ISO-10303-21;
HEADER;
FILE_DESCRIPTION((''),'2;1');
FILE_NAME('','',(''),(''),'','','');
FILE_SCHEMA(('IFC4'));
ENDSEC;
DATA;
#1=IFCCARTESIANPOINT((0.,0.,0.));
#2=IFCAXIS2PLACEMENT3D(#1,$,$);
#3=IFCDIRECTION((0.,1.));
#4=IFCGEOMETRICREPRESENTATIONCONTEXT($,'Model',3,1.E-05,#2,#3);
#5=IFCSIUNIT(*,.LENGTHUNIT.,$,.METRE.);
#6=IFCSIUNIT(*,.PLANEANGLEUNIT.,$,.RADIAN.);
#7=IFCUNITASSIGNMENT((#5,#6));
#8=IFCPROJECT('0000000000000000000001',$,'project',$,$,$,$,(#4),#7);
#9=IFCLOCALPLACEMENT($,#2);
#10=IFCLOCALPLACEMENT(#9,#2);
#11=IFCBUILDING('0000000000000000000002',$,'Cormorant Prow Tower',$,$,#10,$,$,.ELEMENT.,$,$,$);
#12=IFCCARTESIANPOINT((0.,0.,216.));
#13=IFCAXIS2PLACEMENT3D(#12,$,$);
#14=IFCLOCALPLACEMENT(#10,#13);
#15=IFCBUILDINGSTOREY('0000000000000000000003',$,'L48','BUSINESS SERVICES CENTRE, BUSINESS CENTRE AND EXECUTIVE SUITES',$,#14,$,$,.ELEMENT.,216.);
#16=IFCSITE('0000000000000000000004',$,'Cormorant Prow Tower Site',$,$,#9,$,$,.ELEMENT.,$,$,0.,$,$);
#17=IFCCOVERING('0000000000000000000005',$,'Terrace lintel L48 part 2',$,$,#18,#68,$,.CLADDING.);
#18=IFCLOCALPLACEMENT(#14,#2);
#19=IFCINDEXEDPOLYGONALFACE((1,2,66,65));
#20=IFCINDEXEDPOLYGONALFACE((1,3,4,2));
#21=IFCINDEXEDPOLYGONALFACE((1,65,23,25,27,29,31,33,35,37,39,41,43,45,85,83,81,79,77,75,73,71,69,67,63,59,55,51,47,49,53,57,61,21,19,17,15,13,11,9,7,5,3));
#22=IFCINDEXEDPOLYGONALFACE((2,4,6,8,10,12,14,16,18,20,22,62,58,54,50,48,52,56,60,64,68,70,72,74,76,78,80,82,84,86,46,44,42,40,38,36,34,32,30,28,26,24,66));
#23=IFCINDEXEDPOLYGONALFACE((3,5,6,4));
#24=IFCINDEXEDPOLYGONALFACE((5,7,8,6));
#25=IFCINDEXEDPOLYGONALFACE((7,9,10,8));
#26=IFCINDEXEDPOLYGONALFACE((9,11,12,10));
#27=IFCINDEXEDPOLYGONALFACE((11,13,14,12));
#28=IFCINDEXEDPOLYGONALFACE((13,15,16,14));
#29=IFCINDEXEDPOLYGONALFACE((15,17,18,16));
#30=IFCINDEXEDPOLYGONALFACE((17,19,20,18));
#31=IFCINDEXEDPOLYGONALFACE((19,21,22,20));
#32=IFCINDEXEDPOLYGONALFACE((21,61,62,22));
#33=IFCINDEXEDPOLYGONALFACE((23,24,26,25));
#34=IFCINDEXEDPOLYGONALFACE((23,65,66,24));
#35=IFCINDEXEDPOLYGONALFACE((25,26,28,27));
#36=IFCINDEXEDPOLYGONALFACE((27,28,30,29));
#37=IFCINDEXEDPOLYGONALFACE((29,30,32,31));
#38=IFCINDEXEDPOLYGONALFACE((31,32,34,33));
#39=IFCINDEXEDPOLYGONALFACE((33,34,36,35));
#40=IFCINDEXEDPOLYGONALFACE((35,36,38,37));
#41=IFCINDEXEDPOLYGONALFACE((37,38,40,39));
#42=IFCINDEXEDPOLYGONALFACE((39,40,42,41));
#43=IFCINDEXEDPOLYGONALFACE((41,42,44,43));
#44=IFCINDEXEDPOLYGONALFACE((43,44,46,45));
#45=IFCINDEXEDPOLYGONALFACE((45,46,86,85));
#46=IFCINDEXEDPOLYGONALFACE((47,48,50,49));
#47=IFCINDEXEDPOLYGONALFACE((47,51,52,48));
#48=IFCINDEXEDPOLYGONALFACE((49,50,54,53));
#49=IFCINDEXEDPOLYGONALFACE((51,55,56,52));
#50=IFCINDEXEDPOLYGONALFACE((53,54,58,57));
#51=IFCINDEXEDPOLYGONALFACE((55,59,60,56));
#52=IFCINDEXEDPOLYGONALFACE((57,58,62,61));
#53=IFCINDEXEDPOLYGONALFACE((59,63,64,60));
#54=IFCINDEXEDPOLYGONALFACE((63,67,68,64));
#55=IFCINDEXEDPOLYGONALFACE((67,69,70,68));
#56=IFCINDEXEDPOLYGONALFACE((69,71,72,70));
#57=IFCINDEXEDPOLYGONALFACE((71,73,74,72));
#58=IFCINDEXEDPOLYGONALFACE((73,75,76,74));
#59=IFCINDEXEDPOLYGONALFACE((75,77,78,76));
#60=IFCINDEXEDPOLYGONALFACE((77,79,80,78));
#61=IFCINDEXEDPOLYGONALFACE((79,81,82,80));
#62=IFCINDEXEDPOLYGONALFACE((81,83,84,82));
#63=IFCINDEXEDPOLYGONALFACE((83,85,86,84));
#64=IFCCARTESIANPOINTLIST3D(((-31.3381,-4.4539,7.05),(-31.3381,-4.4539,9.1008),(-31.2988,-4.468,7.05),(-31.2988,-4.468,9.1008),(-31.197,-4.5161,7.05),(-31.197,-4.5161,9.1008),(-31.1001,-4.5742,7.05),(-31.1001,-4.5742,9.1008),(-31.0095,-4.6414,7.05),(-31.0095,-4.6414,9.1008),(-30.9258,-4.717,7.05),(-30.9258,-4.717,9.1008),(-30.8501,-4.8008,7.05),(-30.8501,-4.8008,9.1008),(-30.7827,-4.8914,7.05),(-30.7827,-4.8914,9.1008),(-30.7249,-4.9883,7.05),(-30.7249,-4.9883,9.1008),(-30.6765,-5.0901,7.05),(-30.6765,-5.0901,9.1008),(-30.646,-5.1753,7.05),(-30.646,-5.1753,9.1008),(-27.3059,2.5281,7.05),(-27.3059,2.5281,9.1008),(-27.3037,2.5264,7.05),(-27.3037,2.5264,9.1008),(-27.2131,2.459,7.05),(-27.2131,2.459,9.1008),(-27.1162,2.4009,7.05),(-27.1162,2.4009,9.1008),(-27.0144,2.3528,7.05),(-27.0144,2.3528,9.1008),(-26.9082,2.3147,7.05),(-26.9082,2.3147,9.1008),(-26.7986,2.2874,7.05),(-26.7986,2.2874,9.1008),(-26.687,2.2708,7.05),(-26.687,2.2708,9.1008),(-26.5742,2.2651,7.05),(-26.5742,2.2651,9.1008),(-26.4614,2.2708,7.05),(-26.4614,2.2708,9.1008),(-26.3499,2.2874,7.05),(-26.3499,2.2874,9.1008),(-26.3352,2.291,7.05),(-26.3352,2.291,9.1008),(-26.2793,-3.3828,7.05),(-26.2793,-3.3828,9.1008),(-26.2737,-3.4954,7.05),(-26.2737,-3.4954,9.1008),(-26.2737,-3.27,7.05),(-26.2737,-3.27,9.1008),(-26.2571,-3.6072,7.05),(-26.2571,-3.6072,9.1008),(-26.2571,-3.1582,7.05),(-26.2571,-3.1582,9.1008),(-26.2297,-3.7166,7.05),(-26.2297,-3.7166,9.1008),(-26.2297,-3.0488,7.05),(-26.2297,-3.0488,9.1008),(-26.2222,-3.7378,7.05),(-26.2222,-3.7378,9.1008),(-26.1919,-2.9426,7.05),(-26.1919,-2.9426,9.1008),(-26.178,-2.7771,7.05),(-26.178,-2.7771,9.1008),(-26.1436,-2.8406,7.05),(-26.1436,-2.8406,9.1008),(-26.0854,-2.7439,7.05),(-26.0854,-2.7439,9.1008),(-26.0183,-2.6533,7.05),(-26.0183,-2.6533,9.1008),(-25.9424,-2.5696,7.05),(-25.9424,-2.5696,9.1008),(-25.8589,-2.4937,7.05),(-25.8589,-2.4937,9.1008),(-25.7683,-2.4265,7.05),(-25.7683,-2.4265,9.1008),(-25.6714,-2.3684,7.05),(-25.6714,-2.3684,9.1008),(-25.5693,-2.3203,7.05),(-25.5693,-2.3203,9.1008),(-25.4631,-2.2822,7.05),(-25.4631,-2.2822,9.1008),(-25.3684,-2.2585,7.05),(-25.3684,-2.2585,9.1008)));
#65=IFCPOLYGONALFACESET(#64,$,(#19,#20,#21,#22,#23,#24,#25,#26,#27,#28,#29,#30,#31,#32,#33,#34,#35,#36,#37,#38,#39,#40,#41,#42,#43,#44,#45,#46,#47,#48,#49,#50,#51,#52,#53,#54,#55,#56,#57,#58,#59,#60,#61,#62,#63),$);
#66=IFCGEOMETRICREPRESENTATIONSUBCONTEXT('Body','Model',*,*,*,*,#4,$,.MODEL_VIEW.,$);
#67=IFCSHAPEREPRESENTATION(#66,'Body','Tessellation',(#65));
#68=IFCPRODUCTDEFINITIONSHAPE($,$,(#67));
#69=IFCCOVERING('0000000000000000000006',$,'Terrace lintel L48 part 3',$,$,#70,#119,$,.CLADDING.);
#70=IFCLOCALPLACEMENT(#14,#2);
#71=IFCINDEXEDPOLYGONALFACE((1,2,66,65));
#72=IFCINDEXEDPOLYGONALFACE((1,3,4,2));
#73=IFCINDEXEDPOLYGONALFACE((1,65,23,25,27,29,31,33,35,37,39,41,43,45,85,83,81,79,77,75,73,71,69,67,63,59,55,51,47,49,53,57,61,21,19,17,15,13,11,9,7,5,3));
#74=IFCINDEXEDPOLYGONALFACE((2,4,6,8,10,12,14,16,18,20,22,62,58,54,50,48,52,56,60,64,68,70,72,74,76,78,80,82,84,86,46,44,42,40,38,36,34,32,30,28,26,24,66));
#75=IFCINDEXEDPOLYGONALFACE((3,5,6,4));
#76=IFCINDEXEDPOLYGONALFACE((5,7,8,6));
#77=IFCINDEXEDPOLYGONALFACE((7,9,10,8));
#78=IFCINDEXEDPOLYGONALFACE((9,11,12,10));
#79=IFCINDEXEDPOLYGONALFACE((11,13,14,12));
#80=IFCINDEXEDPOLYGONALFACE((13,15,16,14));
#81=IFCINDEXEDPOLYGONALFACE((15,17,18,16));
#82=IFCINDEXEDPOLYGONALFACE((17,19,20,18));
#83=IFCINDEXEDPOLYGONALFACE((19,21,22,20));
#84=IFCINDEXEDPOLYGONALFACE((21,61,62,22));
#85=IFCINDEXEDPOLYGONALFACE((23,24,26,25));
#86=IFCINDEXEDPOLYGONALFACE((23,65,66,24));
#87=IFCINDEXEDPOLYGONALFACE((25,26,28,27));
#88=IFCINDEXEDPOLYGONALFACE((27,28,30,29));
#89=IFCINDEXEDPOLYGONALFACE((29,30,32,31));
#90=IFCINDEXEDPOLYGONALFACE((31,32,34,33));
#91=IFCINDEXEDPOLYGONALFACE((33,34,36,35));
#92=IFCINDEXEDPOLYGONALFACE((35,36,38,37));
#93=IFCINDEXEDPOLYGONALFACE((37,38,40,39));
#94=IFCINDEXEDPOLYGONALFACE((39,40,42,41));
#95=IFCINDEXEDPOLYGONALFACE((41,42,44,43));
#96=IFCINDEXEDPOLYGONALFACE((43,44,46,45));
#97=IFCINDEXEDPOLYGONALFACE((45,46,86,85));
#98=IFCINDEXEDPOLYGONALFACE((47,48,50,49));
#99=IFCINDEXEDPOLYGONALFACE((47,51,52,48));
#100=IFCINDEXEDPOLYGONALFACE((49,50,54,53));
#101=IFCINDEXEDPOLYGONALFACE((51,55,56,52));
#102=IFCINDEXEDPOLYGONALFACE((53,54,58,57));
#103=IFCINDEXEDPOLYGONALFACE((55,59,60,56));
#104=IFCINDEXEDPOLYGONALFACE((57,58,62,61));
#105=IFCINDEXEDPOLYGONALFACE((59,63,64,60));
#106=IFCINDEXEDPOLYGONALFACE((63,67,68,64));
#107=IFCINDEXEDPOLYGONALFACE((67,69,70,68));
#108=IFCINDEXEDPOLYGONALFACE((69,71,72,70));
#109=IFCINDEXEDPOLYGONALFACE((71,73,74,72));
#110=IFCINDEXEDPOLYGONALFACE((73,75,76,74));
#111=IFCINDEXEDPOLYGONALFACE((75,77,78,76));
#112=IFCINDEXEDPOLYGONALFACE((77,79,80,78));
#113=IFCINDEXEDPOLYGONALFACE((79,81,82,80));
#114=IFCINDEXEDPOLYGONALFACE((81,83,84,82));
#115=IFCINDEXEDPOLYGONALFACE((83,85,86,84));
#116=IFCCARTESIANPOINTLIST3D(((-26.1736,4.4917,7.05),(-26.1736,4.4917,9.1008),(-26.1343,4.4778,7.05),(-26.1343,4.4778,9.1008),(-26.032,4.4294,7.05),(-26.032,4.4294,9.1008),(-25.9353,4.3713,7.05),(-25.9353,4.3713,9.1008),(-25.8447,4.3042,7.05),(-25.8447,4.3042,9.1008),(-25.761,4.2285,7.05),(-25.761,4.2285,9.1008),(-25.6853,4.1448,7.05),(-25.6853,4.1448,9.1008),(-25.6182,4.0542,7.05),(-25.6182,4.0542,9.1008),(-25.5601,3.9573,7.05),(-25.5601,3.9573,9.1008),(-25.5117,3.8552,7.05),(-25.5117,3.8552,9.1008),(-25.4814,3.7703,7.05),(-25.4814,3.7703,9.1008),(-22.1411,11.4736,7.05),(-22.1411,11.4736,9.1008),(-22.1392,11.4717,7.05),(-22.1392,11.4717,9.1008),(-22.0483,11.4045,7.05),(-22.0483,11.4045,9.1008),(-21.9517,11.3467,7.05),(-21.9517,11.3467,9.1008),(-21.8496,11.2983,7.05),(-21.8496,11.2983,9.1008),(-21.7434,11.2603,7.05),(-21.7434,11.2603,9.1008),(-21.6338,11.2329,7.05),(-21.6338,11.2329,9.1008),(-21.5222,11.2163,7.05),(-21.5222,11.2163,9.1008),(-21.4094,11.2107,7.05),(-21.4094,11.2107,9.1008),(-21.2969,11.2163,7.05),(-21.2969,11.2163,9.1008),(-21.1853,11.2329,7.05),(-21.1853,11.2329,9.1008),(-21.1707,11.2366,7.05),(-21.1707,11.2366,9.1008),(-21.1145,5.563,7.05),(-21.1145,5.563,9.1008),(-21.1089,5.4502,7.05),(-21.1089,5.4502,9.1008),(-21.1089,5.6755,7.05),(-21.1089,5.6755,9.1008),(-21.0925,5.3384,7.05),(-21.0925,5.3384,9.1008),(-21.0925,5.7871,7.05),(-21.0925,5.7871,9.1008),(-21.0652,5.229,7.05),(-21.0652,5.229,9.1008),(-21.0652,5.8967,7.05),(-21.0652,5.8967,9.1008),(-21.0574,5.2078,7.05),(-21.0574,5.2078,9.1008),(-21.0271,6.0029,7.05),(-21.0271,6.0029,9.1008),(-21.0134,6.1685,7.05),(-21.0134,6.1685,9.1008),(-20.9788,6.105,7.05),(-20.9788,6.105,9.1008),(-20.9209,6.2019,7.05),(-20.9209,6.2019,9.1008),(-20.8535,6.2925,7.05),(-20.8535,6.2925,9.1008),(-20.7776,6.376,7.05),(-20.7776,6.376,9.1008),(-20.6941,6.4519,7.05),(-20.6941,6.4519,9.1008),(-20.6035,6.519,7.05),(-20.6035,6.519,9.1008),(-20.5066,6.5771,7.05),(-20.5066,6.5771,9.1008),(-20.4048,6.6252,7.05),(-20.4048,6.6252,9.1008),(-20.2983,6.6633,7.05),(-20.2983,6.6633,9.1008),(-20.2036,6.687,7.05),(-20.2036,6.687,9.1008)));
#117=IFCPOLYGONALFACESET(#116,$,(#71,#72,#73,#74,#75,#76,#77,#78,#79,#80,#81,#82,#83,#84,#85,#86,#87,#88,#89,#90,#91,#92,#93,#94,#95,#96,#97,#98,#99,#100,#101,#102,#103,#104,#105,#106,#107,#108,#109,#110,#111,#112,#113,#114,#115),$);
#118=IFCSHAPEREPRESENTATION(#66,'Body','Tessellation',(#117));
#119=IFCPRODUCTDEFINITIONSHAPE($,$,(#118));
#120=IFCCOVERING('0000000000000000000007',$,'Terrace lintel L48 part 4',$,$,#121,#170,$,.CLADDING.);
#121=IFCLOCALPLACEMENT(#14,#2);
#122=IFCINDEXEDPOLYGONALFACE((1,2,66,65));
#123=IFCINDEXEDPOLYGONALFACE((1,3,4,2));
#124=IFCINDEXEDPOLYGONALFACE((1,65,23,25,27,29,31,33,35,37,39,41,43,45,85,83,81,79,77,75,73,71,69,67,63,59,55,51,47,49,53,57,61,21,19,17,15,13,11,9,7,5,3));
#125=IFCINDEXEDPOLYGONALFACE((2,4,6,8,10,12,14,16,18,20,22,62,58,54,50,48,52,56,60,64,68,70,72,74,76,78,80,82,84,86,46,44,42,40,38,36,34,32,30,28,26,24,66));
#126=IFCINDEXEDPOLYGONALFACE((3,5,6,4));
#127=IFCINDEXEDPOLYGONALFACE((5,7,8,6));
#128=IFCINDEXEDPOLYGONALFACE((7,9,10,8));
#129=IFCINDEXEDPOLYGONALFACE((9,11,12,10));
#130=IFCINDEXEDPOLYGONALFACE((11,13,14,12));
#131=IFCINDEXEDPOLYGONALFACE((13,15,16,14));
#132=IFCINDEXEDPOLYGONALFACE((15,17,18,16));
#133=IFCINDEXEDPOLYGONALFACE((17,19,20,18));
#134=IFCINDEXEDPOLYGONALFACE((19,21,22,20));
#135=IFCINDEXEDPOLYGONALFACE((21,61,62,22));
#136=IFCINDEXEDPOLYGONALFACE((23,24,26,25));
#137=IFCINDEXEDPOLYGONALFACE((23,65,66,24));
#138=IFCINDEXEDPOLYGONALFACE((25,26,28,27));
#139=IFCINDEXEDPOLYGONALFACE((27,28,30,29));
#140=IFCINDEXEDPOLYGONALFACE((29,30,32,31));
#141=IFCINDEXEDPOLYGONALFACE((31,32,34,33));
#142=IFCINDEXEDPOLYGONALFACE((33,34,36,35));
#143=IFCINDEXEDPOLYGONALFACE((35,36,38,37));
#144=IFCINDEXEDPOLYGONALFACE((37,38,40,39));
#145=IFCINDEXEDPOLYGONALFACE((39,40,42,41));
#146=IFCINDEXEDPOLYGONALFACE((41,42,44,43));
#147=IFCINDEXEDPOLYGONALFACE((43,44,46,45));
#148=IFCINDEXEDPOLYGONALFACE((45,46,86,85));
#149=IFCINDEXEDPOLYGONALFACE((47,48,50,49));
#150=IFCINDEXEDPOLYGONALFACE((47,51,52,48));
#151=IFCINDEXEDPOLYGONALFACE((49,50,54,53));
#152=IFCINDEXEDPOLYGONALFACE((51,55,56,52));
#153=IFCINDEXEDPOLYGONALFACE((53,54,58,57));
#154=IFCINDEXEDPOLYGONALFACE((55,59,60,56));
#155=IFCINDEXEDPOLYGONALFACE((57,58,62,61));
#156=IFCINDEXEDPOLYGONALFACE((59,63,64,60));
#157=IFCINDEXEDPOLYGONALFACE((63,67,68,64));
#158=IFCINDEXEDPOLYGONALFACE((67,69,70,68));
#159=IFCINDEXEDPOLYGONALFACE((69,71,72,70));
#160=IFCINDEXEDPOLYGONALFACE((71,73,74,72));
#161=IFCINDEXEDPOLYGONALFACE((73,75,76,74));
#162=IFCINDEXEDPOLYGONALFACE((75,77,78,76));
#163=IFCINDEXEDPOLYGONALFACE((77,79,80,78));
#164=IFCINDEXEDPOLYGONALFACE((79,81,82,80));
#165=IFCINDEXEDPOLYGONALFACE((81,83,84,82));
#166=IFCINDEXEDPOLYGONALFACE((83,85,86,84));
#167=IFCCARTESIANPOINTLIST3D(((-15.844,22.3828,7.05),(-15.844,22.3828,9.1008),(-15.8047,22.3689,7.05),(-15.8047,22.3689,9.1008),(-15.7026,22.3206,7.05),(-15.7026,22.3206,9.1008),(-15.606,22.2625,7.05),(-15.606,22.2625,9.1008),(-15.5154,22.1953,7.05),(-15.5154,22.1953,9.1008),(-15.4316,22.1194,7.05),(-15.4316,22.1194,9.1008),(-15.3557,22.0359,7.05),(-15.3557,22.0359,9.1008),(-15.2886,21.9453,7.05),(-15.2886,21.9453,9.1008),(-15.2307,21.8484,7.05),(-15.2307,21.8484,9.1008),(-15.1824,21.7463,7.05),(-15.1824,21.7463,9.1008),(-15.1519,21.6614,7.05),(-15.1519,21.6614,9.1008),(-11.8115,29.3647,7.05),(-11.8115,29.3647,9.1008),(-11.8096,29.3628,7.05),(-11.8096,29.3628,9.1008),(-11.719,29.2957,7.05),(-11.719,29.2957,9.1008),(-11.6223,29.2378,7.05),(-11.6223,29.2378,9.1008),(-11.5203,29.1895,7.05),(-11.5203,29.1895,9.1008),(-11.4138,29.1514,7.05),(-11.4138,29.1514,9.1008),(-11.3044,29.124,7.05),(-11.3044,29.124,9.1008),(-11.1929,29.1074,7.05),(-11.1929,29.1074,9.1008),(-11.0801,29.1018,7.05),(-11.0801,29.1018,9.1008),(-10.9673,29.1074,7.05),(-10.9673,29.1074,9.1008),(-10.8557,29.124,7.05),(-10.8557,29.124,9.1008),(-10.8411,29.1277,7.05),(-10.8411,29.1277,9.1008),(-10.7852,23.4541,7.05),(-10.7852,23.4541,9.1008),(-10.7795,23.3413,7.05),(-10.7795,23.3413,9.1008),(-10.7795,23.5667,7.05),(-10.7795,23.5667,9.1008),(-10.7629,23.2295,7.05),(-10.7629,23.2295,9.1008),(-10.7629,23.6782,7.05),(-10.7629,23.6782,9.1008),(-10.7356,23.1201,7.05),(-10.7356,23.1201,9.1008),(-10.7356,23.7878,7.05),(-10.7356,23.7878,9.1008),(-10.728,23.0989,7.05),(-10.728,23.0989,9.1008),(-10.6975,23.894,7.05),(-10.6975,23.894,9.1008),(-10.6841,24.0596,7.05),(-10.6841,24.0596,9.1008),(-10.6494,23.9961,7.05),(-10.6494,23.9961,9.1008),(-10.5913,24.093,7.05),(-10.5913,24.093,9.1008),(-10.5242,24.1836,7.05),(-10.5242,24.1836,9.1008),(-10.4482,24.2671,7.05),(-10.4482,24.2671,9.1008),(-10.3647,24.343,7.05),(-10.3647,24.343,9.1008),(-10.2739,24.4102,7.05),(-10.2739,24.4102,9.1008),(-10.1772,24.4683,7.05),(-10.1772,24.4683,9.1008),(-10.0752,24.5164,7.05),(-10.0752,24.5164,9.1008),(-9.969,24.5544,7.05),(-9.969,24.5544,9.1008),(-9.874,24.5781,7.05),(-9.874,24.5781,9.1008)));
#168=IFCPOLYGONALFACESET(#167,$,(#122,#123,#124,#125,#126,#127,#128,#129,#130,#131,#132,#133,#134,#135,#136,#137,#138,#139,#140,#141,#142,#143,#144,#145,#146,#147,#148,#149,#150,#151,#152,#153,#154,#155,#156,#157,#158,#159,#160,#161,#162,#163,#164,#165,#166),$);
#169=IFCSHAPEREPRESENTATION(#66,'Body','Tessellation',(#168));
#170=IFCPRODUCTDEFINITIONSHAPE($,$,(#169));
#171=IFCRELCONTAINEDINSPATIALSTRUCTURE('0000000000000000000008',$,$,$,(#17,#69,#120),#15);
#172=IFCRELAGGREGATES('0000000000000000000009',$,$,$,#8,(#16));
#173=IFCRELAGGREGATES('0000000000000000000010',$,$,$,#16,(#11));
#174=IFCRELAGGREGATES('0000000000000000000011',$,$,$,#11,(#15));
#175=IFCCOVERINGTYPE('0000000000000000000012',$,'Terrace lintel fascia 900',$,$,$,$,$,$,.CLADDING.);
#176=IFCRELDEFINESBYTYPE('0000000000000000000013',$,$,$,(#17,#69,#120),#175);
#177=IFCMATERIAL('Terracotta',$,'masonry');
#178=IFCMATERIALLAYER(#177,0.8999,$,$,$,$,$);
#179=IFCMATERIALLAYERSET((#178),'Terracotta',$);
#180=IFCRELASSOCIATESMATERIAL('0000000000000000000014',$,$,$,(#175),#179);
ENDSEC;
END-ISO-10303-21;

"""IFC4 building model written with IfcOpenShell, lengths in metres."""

from ifc_helpers import new_model, si_unit, direction, frame, origin, place, context, subcontext, project, spatial, polyline, outline, extrude, material, layer, layer_set, type_object, element, save


model = new_model("IFC4")

# Units and contexts
model_context = context("Model", 3, precision=1e-05, world=origin(), true_north=direction((0.0, 1.0)))
body_context = subcontext(model_context, "Body", "Model", "MODEL_VIEW")
ifc_project = project(units=[si_unit("LENGTHUNIT", "METRE"), si_unit("PLANEANGLEUNIT", "RADIAN")], contexts=[model_context])

# Site, building, storey
site_placement = place(None, origin())
site = spatial("IfcSite", under=ifc_project, at=site_placement, Name="Cormorant Prow Tower Site", CompositionType="ELEMENT", RefElevation=0.0)
building_placement = place(site_placement, origin())
building = spatial("IfcBuilding", under=site, at=building_placement, Name="Cormorant Prow Tower", CompositionType="ELEMENT")
storey_placement = place(building_placement, frame((0.0, 0.0, 216.0)))
storey = spatial("IfcBuildingStorey", under=building, at=storey_placement, Name="L48", Description="BUSINESS SERVICES CENTRE, BUSINESS CENTRE AND EXECUTIVE SUITES", CompositionType="ELEMENT", Elevation=216.0)

# Coverings
ifc_material_1 = material(Name="Terracotta", Category="masonry")
ifc_layer_1 = layer(ifc_material_1, 0.8999)
ifc_layer_set_1 = layer_set([ifc_layer_1], Name="Terracotta")
covering_type = type_object("IfcCoveringType", Name="Terrace lintel fascia 900", PredefinedType="CLADDING", material=ifc_layer_set_1)
covering_1_placement = place(storey_placement, frame((0.0, 0.0, 7.05)))
element("IfcCovering", 1, at=covering_1_placement, inside=storey, type_object=covering_type, Name="Terrace lintel L48 part 2", PredefinedType="CLADDING", context=body_context, shape_type="SweptSolid", body=[
    extrude(outline(polyline([(-25.3684, -2.2585), (-25.4631, -2.2822), (-25.5693, -2.3203), (-25.6714, -2.3684), (-25.7683, -2.4265), (-25.8589, -2.4937), (-25.9424, -2.5696), (-26.0183, -2.6533), (-26.0854, -2.7439), (-26.1436, -2.8406), (-26.1919, -2.9426), (-26.2297, -3.0488), (-26.2571, -3.1582), (-26.2737, -3.27), (-26.2793, -3.3828), (-26.2737, -3.4954), (-26.2571, -3.6072), (-26.2297, -3.7166), (-26.2222, -3.7378), (-30.646, -5.1753), (-30.6765, -5.0901), (-30.7249, -4.9883), (-30.7827, -4.8914), (-30.8501, -4.8008), (-30.9258, -4.717), (-31.0095, -4.6414), (-31.1001, -4.5742), (-31.197, -4.5161), (-31.2988, -4.468), (-31.3381, -4.4539), (-26.178, -2.7771), (-27.3059, 2.5281), (-27.3037, 2.5264), (-27.2131, 2.459), (-27.1162, 2.4009), (-27.0144, 2.3528), (-26.9082, 2.3147), (-26.7986, 2.2874), (-26.687, 2.2708), (-26.5742, 2.2651), (-26.4614, 2.2708), (-26.3499, 2.2874), (-26.3352, 2.291), (-25.3684, -2.2585)])), origin(), (0.0, 0.0, 1.0), 2.0508),
])
covering_2_placement = place(storey_placement, frame((0.0, 0.0, 7.05)))
element("IfcCovering", 2, at=covering_2_placement, inside=storey, type_object=covering_type, Name="Terrace lintel L48 part 3", PredefinedType="CLADDING", context=body_context, shape_type="SweptSolid", body=[
    extrude(outline(polyline([(-20.2036, 6.687), (-20.2983, 6.6633), (-20.4048, 6.6252), (-20.5066, 6.5771), (-20.6035, 6.519), (-20.6941, 6.4519), (-20.7776, 6.376), (-20.8535, 6.2925), (-20.9209, 6.2019), (-20.9788, 6.105), (-21.0271, 6.0029), (-21.0652, 5.8967), (-21.0925, 5.7871), (-21.1089, 5.6755), (-21.1145, 5.563), (-21.1089, 5.4502), (-21.0925, 5.3384), (-21.0652, 5.229), (-21.0574, 5.2078), (-25.4814, 3.7703), (-25.5117, 3.8552), (-25.5601, 3.9573), (-25.6182, 4.0542), (-25.6853, 4.1448), (-25.761, 4.2285), (-25.8447, 4.3042), (-25.9353, 4.3713), (-26.032, 4.4294), (-26.1343, 4.4778), (-26.1736, 4.4917), (-21.0134, 6.1685), (-22.1411, 11.4736), (-22.1392, 11.4717), (-22.0483, 11.4045), (-21.9517, 11.3467), (-21.8496, 11.2983), (-21.7434, 11.2603), (-21.6338, 11.2329), (-21.5222, 11.2163), (-21.4094, 11.2107), (-21.2969, 11.2163), (-21.1853, 11.2329), (-21.1707, 11.2366), (-20.2036, 6.687)])), origin(), (0.0, 0.0, 1.0), 2.0508),
])
covering_3_placement = place(storey_placement, frame((0.0, 0.0, 7.05)))
element("IfcCovering", 3, at=covering_3_placement, inside=storey, type_object=covering_type, Name="Terrace lintel L48 part 4", PredefinedType="CLADDING", context=body_context, shape_type="SweptSolid", body=[
    extrude(outline(polyline([(-15.1519, 21.6614), (-15.1824, 21.7463), (-15.2307, 21.8484), (-15.2886, 21.9453), (-15.3557, 22.0359), (-15.4316, 22.1194), (-15.5154, 22.1953), (-15.606, 22.2625), (-15.7026, 22.3206), (-15.8047, 22.3689), (-15.844, 22.3828), (-10.6841, 24.0596), (-11.8115, 29.3647), (-11.8096, 29.3628), (-11.719, 29.2957), (-11.6223, 29.2378), (-11.5203, 29.1895), (-11.4138, 29.1514), (-11.3044, 29.124), (-11.1929, 29.1074), (-11.0801, 29.1018), (-10.9673, 29.1074), (-10.8557, 29.124), (-10.8411, 29.1277), (-9.874, 24.5781), (-9.969, 24.5544), (-10.0752, 24.5164), (-10.1772, 24.4683), (-10.2739, 24.4102), (-10.3647, 24.343), (-10.4482, 24.2671), (-10.5242, 24.1836), (-10.5913, 24.093), (-10.6494, 23.9961), (-10.6975, 23.894), (-10.7356, 23.7878), (-10.7629, 23.6782), (-10.7795, 23.5667), (-10.7852, 23.4541), (-10.7795, 23.3413), (-10.7629, 23.2295), (-10.7356, 23.1201), (-10.728, 23.0989), (-15.1519, 21.6614)])), origin(), (0.0, 0.0, 1.0), 2.0508),
])

save(model, "model.ifc")
